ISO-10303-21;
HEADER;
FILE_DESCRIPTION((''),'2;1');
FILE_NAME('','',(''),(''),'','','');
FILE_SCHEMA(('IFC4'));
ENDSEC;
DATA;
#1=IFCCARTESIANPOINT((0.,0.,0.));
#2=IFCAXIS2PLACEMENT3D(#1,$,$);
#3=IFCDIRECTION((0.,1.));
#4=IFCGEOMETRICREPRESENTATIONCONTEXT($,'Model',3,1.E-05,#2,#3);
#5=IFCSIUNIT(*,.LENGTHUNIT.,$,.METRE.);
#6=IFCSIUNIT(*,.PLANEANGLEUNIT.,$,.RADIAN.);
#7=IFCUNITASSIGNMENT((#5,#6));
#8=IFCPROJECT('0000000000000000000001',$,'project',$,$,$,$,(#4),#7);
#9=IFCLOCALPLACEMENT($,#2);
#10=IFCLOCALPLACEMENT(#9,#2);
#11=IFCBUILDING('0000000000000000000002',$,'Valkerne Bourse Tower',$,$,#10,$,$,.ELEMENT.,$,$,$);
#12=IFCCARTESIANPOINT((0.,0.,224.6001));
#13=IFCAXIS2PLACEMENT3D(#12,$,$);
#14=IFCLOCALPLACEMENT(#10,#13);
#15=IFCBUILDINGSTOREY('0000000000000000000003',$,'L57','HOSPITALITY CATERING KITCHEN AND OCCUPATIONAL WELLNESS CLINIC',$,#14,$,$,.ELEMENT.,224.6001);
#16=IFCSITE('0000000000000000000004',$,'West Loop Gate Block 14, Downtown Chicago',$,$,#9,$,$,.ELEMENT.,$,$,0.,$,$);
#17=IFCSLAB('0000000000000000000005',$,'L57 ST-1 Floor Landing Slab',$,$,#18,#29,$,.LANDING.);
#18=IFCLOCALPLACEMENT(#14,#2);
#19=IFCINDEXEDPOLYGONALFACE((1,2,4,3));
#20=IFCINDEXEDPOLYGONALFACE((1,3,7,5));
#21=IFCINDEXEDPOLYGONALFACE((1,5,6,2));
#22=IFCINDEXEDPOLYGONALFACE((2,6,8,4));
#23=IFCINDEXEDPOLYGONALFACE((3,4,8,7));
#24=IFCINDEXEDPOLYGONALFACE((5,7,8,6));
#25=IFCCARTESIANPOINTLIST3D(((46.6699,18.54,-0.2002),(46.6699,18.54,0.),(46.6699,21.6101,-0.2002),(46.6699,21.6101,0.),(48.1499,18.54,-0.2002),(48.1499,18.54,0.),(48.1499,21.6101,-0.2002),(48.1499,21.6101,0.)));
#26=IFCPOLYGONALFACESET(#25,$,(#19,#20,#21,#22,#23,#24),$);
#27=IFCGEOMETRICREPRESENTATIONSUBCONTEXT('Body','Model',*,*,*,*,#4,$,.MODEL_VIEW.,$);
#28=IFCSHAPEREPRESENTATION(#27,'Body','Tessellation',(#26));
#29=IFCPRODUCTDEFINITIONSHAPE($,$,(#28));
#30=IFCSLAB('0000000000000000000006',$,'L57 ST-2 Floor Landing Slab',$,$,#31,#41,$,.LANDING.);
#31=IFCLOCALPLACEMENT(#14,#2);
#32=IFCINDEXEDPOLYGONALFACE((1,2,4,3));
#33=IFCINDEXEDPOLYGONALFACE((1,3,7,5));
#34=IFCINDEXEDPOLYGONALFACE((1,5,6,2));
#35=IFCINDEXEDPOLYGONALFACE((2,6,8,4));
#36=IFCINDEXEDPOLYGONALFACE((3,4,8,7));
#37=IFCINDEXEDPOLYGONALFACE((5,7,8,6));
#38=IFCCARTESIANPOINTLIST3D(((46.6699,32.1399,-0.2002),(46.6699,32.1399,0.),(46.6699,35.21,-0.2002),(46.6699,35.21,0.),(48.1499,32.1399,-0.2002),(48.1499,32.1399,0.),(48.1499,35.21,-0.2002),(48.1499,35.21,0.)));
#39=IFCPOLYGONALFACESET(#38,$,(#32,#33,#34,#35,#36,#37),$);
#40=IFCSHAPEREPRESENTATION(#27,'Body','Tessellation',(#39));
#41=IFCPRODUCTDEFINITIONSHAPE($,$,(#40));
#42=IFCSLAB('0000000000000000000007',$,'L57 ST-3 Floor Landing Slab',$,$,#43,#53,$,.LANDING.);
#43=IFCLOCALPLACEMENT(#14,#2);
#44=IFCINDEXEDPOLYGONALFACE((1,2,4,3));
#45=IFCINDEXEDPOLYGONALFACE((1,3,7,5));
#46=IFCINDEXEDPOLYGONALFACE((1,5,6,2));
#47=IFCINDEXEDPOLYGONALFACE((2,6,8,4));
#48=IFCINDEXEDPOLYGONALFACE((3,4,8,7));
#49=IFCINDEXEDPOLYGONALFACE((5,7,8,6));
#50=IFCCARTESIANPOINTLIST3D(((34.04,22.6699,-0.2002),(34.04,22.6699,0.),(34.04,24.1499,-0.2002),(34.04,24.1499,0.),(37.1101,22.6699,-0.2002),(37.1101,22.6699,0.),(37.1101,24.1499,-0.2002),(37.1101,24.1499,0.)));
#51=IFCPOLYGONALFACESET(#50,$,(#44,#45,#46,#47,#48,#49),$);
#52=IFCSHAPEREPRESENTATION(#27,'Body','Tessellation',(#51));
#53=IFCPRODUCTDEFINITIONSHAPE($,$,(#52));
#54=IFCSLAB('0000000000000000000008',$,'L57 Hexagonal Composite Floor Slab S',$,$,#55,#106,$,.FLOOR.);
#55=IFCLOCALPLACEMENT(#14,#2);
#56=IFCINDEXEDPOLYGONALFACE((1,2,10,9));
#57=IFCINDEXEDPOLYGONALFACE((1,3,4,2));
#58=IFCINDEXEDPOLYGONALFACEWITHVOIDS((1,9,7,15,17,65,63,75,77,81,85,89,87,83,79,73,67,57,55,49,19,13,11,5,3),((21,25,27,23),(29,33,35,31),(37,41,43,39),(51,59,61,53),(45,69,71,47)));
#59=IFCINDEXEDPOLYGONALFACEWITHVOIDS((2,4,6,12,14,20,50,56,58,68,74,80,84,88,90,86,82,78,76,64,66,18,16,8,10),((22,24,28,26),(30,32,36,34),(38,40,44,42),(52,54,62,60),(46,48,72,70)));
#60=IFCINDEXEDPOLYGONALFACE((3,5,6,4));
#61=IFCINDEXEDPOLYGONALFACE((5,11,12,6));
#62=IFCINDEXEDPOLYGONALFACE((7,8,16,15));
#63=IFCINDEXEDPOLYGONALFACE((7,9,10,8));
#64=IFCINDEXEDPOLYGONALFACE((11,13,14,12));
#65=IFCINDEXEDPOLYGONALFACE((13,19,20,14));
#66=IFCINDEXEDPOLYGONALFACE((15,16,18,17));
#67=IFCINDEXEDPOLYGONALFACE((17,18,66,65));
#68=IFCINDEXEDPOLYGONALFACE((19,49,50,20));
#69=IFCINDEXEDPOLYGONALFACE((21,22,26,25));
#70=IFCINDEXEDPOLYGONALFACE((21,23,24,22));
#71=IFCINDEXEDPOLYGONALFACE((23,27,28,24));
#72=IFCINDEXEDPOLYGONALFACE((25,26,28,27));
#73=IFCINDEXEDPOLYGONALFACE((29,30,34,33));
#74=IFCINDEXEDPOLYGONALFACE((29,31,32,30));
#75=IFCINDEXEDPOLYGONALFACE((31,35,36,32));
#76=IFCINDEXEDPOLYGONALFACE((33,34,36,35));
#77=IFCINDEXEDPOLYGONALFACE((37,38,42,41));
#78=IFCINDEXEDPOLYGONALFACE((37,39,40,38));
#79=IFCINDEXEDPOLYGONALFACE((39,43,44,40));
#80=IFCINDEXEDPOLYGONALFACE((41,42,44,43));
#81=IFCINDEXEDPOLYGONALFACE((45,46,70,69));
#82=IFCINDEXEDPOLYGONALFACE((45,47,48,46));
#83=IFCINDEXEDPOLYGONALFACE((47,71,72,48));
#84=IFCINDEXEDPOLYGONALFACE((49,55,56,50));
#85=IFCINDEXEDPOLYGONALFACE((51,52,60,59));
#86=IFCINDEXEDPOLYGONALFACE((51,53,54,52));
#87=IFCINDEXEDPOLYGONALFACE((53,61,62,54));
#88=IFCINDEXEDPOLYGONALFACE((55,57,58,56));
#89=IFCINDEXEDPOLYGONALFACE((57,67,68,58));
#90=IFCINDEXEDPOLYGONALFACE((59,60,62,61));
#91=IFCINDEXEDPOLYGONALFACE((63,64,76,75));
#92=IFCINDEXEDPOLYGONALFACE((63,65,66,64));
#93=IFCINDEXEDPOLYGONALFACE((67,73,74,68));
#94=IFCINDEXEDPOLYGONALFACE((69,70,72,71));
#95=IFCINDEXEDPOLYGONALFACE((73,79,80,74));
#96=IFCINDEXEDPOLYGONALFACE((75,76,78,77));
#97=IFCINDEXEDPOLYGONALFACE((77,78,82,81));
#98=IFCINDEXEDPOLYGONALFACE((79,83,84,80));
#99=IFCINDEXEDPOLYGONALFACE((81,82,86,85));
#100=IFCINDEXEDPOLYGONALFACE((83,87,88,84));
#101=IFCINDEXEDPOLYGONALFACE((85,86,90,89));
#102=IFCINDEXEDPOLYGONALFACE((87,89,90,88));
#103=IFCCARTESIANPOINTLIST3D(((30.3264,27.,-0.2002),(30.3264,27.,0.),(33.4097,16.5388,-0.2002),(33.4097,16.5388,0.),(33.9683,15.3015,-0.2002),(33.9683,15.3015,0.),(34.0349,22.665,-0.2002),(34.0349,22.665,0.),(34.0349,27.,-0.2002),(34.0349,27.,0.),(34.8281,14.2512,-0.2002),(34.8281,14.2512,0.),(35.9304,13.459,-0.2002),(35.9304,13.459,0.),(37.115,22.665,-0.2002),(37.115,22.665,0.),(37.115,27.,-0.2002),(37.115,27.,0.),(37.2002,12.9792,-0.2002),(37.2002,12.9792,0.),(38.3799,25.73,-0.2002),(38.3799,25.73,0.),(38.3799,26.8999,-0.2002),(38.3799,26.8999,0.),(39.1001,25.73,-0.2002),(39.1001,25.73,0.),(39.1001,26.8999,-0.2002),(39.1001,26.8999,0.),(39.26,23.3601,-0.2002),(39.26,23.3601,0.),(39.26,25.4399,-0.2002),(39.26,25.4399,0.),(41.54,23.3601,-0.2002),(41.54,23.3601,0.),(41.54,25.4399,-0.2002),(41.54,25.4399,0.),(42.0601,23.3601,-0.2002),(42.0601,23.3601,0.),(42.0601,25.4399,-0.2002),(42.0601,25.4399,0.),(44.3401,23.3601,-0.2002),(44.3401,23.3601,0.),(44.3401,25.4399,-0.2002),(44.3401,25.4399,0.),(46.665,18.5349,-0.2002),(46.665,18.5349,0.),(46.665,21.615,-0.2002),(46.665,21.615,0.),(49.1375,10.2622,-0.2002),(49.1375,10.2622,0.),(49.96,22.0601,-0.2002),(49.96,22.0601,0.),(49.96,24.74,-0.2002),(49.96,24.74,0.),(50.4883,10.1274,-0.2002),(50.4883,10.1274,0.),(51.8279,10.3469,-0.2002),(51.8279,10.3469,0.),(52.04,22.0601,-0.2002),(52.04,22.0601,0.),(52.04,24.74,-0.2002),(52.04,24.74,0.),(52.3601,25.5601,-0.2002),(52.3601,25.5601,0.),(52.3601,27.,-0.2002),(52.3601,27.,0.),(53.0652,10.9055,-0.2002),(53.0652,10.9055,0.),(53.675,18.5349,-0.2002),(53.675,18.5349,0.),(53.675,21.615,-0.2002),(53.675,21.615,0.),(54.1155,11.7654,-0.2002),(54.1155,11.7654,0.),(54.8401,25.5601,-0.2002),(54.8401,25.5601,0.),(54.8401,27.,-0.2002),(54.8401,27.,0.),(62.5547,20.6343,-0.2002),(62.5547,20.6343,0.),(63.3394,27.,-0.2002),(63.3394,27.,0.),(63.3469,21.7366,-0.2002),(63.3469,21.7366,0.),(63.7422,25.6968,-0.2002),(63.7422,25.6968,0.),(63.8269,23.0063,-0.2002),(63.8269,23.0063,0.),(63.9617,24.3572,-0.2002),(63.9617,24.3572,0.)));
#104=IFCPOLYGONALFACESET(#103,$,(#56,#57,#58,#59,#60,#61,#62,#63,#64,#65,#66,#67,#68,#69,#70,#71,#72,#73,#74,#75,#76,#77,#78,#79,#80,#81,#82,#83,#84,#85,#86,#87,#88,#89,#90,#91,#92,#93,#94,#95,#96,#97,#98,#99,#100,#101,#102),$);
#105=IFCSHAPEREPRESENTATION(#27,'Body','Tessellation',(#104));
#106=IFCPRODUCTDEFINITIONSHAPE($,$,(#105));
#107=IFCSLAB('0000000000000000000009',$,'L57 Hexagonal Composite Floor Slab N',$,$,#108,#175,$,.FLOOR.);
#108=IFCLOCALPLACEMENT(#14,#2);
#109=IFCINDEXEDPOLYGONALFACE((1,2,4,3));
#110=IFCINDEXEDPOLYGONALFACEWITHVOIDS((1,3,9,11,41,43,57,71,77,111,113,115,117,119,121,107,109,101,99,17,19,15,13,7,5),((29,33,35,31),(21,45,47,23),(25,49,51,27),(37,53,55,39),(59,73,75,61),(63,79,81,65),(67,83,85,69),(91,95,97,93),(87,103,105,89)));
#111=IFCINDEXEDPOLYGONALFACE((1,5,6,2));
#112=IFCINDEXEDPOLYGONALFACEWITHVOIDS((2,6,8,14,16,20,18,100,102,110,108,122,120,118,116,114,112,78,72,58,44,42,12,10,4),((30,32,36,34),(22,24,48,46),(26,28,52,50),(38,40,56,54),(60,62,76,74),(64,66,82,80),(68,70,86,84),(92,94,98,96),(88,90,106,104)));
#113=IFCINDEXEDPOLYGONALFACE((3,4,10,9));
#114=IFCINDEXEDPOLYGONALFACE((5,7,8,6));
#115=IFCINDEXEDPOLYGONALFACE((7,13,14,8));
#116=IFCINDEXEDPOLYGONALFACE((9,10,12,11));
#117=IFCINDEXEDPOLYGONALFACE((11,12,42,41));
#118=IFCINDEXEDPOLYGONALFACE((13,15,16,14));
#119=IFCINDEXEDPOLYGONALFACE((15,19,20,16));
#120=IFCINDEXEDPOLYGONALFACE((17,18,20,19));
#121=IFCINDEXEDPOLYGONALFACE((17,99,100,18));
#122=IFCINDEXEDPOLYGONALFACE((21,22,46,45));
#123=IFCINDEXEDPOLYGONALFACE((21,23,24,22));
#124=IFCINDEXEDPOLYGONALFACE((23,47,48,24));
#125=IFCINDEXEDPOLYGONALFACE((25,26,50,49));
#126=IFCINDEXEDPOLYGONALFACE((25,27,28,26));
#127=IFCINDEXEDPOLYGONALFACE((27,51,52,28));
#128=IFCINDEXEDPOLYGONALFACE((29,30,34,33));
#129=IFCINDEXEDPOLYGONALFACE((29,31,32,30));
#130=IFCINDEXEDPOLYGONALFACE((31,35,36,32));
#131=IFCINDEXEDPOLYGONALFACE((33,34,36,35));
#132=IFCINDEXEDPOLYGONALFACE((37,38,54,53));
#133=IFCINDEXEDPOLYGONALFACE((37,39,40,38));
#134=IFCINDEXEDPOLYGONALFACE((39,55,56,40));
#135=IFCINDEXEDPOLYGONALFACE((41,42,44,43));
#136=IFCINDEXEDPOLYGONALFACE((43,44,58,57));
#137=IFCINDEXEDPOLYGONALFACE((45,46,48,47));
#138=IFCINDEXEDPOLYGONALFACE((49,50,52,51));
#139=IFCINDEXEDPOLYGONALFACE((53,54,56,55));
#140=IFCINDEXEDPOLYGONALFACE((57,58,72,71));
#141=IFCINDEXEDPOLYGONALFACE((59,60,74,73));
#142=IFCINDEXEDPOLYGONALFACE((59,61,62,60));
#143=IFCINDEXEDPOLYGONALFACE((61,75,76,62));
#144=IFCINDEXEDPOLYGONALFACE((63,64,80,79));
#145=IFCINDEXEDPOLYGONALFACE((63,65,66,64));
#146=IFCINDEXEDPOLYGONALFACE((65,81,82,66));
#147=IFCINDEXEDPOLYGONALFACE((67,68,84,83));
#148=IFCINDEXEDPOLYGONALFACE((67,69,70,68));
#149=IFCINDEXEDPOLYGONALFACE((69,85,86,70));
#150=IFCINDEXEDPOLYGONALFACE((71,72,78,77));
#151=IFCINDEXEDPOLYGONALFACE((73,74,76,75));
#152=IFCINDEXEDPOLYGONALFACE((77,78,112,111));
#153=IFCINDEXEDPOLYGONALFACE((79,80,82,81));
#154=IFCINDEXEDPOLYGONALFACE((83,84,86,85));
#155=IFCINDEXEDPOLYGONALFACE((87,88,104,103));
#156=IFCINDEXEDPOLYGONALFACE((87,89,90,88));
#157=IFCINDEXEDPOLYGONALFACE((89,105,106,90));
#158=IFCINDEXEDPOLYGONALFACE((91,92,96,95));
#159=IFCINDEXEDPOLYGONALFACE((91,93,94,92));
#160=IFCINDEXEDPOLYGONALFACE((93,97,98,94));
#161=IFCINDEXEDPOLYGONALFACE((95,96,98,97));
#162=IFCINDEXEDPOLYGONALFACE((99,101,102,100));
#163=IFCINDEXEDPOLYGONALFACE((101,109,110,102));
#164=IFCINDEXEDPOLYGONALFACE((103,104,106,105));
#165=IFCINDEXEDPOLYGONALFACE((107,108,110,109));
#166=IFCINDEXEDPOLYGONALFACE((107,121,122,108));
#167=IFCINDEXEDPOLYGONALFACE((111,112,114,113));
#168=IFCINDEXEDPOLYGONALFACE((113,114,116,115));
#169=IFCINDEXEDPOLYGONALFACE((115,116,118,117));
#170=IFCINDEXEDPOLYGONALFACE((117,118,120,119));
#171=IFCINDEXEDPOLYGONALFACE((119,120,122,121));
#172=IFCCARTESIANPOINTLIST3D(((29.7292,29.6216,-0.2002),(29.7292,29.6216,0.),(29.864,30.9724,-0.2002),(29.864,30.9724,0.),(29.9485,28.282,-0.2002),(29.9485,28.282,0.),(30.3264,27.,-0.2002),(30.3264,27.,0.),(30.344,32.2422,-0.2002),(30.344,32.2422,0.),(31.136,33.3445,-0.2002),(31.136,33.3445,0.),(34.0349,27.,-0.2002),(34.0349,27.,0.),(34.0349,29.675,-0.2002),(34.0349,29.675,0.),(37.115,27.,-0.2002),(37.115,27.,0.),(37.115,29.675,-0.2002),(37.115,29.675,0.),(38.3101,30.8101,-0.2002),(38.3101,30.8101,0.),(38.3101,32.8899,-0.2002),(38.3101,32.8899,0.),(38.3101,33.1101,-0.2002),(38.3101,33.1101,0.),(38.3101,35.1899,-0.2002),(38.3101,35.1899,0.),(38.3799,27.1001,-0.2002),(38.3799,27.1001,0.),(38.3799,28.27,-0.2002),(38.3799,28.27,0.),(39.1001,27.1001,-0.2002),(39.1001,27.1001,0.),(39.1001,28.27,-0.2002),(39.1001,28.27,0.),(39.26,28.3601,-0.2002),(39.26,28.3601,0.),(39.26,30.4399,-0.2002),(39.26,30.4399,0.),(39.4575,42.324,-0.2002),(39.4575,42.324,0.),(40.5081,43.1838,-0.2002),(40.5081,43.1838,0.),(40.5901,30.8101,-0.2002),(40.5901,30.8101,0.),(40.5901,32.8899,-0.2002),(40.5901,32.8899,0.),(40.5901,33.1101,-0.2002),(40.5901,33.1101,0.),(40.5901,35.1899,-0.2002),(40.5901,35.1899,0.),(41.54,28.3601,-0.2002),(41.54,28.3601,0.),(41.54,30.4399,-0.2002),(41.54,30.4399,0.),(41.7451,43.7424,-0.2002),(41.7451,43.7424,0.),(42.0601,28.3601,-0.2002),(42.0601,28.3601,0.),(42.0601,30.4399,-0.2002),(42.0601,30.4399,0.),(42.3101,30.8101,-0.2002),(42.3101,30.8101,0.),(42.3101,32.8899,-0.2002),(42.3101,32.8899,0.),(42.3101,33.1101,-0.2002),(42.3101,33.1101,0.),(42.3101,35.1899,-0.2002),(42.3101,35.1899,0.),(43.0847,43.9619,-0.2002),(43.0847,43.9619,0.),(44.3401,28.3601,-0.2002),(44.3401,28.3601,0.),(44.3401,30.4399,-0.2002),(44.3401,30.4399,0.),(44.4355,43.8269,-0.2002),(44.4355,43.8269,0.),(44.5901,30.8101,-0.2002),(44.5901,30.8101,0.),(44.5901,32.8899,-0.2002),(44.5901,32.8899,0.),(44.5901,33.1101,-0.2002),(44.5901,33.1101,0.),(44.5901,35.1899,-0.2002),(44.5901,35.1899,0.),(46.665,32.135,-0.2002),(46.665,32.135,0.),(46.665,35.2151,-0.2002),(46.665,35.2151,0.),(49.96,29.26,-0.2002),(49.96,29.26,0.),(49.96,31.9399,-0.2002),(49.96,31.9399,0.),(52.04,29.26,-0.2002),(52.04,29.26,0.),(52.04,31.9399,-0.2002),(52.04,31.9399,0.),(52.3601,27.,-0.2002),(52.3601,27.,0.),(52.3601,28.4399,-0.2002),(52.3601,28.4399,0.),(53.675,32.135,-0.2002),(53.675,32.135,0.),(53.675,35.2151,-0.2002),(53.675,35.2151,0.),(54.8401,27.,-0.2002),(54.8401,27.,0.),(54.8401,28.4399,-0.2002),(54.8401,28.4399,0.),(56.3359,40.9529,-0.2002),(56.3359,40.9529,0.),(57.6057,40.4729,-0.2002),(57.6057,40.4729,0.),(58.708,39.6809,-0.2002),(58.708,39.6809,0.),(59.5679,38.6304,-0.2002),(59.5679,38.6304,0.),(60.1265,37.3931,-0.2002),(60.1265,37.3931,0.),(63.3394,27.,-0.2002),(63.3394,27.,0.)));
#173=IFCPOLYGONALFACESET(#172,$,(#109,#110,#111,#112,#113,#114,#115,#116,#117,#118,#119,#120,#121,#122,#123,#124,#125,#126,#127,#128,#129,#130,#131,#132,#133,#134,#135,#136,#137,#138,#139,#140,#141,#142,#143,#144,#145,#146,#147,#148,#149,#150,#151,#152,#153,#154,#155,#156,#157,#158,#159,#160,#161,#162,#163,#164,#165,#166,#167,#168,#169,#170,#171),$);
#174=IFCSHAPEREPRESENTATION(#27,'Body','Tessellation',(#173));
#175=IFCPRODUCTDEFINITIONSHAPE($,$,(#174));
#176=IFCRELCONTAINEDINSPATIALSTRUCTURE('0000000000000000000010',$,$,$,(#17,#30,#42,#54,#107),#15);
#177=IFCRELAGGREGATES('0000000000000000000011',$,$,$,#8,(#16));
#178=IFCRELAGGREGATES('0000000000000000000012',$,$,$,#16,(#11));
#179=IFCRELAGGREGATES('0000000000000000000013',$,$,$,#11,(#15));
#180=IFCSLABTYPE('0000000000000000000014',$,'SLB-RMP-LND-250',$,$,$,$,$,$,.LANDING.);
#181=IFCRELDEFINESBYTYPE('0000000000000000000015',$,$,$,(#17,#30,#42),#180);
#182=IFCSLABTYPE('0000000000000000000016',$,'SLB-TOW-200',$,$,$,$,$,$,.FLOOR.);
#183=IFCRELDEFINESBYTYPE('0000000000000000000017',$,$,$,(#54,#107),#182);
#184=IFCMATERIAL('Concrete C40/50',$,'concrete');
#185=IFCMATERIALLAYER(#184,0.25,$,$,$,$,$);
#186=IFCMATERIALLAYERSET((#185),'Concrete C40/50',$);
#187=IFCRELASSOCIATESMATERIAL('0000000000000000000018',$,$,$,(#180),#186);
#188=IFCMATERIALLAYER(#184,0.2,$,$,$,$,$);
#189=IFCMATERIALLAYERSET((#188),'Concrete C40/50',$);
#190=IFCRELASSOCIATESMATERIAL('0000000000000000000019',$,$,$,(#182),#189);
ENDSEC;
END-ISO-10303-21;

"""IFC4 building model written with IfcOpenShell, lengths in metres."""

from ifc_helpers import new_model, si_unit, direction, frame, origin, place, context, subcontext, project, spatial, polyline, outline, extrude, material, layer, layer_set, type_object, element, save


model = new_model("IFC4")

# Units and contexts
model_context = context("Model", 3, precision=1e-05, world=origin(), true_north=direction((0.0, 1.0)))
body_context = subcontext(model_context, "Body", "Model", "MODEL_VIEW")
ifc_project = project(units=[si_unit("LENGTHUNIT", "METRE"), si_unit("PLANEANGLEUNIT", "RADIAN")], contexts=[model_context])

# Site, building, storey
site_placement = place(None, origin())
site = spatial("IfcSite", under=ifc_project, at=site_placement, Name="West Loop Gate Block 14, Downtown Chicago", CompositionType="ELEMENT", RefElevation=0.0)
building_placement = place(site_placement, origin())
building = spatial("IfcBuilding", under=site, at=building_placement, Name="Valkerne Bourse Tower", CompositionType="ELEMENT")
storey_placement = place(building_placement, frame((0.0, 0.0, 224.6001)))
storey = spatial("IfcBuildingStorey", under=building, at=storey_placement, Name="L57", Description="HOSPITALITY CATERING KITCHEN AND OCCUPATIONAL WELLNESS CLINIC", CompositionType="ELEMENT", Elevation=224.6001)

# Slabs
ifc_material_1 = material(Name="Concrete C40/50", Category="concrete")
ifc_layer_1 = layer(ifc_material_1, 0.25)
ifc_layer_set_1 = layer_set([ifc_layer_1], Name="Concrete C40/50")
slab_type_1 = type_object("IfcSlabType", Name="SLB-RMP-LND-250", PredefinedType="LANDING", material=ifc_layer_set_1)
slab_1_placement = place(storey_placement, frame((0.0, 0.0, -0.2002)))
element("IfcSlab", 1, at=slab_1_placement, inside=storey, type_object=slab_type_1, Name="L57 ST-1 Floor Landing Slab", PredefinedType="LANDING", context=body_context, shape_type="SweptSolid", body=[
    extrude(outline(polyline([(46.6699, 18.54), (48.1499, 18.54), (48.1499, 21.6101), (46.6699, 21.6101), (46.6699, 18.54)])), origin(), (0.0, 0.0, 1.0), 0.2002),
])
slab_2_placement = place(storey_placement, frame((0.0, 0.0, -0.2002)))
element("IfcSlab", 2, at=slab_2_placement, inside=storey, type_object=slab_type_1, Name="L57 ST-2 Floor Landing Slab", PredefinedType="LANDING", context=body_context, shape_type="SweptSolid", body=[
    extrude(outline(polyline([(46.6699, 32.1399), (48.1499, 32.1399), (48.1499, 35.21), (46.6699, 35.21), (46.6699, 32.1399)])), origin(), (0.0, 0.0, 1.0), 0.2002),
])
slab_3_placement = place(storey_placement, frame((0.0, 0.0, -0.2002)))
element("IfcSlab", 3, at=slab_3_placement, inside=storey, type_object=slab_type_1, Name="L57 ST-3 Floor Landing Slab", PredefinedType="LANDING", context=body_context, shape_type="SweptSolid", body=[
    extrude(outline(polyline([(37.1101, 22.6699), (37.1101, 24.1499), (34.04, 24.1499), (34.04, 22.6699), (37.1101, 22.6699)])), origin(), (0.0, 0.0, 1.0), 0.2002),
])
ifc_layer_2 = layer(ifc_material_1, 0.2)
ifc_layer_set_2 = layer_set([ifc_layer_2], Name="Concrete C40/50")
slab_type_2 = type_object("IfcSlabType", Name="SLB-TOW-200", PredefinedType="FLOOR", material=ifc_layer_set_2)
slab_4_placement = place(storey_placement, frame((0.0, 0.0, -0.2002)))
element("IfcSlab", 4, at=slab_4_placement, inside=storey, type_object=slab_type_2, Name="L57 Hexagonal Composite Floor Slab S", PredefinedType="FLOOR", context=body_context, shape_type="SweptSolid", body=[
    extrude(outline(polyline([(63.9617, 24.3572), (63.8269, 23.0063), (63.3469, 21.7366), (62.5547, 20.6343), (54.1155, 11.7654), (53.0652, 10.9055), (51.8279, 10.3469), (50.4883, 10.1274), (49.1375, 10.2622), (37.2002, 12.9792), (35.9304, 13.459), (34.8281, 14.2512), (33.9683, 15.3015), (33.4097, 16.5388), (30.3264, 27.0), (34.0349, 27.0), (34.0349, 22.665), (37.115, 22.665), (37.115, 27.0), (52.3601, 27.0), (52.3601, 25.5601), (54.8401, 25.5601), (54.8401, 27.0), (63.3394, 27.0), (63.7422, 25.6968), (63.9617, 24.3572)]), holes=[polyline([(41.54, 25.4399), (39.26, 25.4399), (39.26, 23.3601), (41.54, 23.3601), (41.54, 25.4399)]), polyline([(44.3401, 25.4399), (42.0601, 25.4399), (42.0601, 23.3601), (44.3401, 23.3601), (44.3401, 25.4399)]), polyline([(39.1001, 26.8999), (38.3799, 26.8999), (38.3799, 25.73), (39.1001, 25.73), (39.1001, 26.8999)]), polyline([(53.675, 21.615), (46.665, 21.615), (46.665, 18.5349), (53.675, 18.5349), (53.675, 21.615)]), polyline([(52.04, 24.74), (49.96, 24.74), (49.96, 22.0601), (52.04, 22.0601), (52.04, 24.74)])]), origin(), (0.0, 0.0, 1.0), 0.2002),
])
slab_5_placement = place(storey_placement, frame((0.0, 0.0, -0.2002)))
element("IfcSlab", 5, at=slab_5_placement, inside=storey, type_object=slab_type_2, Name="L57 Hexagonal Composite Floor Slab N", PredefinedType="FLOOR", context=body_context, shape_type="SweptSolid", body=[
    extrude(outline(polyline([(29.9485, 28.282), (29.7292, 29.6216), (29.864, 30.9724), (30.344, 32.2422), (31.136, 33.3445), (39.4575, 42.324), (40.5081, 43.1838), (41.7451, 43.7424), (43.0847, 43.9619), (44.4355, 43.8269), (56.3359, 40.9529), (57.6057, 40.4729), (58.708, 39.6809), (59.5679, 38.6304), (60.1265, 37.3931), (63.3394, 27.0), (54.8401, 27.0), (54.8401, 28.4399), (52.3601, 28.4399), (52.3601, 27.0), (37.115, 27.0), (37.115, 29.675), (34.0349, 29.675), (34.0349, 27.0), (30.3264, 27.0), (29.9485, 28.282)]), holes=[polyline([(39.1001, 28.27), (38.3799, 28.27), (38.3799, 27.1001), (39.1001, 27.1001), (39.1001, 28.27)]), polyline([(41.54, 30.4399), (39.26, 30.4399), (39.26, 28.3601), (41.54, 28.3601), (41.54, 30.4399)]), polyline([(40.5901, 32.8899), (38.3101, 32.8899), (38.3101, 30.8101), (40.5901, 30.8101), (40.5901, 32.8899)]), polyline([(40.5901, 35.1899), (38.3101, 35.1899), (38.3101, 33.1101), (40.5901, 33.1101), (40.5901, 35.1899)]), polyline([(44.3401, 30.4399), (42.0601, 30.4399), (42.0601, 28.3601), (44.3401, 28.3601), (44.3401, 30.4399)]), polyline([(52.04, 31.9399), (49.96, 31.9399), (49.96, 29.26), (52.04, 29.26), (52.04, 31.9399)]), polyline([(44.5901, 32.8899), (42.3101, 32.8899), (42.3101, 30.8101), (44.5901, 30.8101), (44.5901, 32.8899)]), polyline([(53.675, 35.2151), (46.665, 35.2151), (46.665, 32.135), (53.675, 32.135), (53.675, 35.2151)]), polyline([(44.5901, 35.1899), (42.3101, 35.1899), (42.3101, 33.1101), (44.5901, 33.1101), (44.5901, 35.1899)])]), origin(), (0.0, 0.0, 1.0), 0.2002),
])

save(model, "model.ifc")
